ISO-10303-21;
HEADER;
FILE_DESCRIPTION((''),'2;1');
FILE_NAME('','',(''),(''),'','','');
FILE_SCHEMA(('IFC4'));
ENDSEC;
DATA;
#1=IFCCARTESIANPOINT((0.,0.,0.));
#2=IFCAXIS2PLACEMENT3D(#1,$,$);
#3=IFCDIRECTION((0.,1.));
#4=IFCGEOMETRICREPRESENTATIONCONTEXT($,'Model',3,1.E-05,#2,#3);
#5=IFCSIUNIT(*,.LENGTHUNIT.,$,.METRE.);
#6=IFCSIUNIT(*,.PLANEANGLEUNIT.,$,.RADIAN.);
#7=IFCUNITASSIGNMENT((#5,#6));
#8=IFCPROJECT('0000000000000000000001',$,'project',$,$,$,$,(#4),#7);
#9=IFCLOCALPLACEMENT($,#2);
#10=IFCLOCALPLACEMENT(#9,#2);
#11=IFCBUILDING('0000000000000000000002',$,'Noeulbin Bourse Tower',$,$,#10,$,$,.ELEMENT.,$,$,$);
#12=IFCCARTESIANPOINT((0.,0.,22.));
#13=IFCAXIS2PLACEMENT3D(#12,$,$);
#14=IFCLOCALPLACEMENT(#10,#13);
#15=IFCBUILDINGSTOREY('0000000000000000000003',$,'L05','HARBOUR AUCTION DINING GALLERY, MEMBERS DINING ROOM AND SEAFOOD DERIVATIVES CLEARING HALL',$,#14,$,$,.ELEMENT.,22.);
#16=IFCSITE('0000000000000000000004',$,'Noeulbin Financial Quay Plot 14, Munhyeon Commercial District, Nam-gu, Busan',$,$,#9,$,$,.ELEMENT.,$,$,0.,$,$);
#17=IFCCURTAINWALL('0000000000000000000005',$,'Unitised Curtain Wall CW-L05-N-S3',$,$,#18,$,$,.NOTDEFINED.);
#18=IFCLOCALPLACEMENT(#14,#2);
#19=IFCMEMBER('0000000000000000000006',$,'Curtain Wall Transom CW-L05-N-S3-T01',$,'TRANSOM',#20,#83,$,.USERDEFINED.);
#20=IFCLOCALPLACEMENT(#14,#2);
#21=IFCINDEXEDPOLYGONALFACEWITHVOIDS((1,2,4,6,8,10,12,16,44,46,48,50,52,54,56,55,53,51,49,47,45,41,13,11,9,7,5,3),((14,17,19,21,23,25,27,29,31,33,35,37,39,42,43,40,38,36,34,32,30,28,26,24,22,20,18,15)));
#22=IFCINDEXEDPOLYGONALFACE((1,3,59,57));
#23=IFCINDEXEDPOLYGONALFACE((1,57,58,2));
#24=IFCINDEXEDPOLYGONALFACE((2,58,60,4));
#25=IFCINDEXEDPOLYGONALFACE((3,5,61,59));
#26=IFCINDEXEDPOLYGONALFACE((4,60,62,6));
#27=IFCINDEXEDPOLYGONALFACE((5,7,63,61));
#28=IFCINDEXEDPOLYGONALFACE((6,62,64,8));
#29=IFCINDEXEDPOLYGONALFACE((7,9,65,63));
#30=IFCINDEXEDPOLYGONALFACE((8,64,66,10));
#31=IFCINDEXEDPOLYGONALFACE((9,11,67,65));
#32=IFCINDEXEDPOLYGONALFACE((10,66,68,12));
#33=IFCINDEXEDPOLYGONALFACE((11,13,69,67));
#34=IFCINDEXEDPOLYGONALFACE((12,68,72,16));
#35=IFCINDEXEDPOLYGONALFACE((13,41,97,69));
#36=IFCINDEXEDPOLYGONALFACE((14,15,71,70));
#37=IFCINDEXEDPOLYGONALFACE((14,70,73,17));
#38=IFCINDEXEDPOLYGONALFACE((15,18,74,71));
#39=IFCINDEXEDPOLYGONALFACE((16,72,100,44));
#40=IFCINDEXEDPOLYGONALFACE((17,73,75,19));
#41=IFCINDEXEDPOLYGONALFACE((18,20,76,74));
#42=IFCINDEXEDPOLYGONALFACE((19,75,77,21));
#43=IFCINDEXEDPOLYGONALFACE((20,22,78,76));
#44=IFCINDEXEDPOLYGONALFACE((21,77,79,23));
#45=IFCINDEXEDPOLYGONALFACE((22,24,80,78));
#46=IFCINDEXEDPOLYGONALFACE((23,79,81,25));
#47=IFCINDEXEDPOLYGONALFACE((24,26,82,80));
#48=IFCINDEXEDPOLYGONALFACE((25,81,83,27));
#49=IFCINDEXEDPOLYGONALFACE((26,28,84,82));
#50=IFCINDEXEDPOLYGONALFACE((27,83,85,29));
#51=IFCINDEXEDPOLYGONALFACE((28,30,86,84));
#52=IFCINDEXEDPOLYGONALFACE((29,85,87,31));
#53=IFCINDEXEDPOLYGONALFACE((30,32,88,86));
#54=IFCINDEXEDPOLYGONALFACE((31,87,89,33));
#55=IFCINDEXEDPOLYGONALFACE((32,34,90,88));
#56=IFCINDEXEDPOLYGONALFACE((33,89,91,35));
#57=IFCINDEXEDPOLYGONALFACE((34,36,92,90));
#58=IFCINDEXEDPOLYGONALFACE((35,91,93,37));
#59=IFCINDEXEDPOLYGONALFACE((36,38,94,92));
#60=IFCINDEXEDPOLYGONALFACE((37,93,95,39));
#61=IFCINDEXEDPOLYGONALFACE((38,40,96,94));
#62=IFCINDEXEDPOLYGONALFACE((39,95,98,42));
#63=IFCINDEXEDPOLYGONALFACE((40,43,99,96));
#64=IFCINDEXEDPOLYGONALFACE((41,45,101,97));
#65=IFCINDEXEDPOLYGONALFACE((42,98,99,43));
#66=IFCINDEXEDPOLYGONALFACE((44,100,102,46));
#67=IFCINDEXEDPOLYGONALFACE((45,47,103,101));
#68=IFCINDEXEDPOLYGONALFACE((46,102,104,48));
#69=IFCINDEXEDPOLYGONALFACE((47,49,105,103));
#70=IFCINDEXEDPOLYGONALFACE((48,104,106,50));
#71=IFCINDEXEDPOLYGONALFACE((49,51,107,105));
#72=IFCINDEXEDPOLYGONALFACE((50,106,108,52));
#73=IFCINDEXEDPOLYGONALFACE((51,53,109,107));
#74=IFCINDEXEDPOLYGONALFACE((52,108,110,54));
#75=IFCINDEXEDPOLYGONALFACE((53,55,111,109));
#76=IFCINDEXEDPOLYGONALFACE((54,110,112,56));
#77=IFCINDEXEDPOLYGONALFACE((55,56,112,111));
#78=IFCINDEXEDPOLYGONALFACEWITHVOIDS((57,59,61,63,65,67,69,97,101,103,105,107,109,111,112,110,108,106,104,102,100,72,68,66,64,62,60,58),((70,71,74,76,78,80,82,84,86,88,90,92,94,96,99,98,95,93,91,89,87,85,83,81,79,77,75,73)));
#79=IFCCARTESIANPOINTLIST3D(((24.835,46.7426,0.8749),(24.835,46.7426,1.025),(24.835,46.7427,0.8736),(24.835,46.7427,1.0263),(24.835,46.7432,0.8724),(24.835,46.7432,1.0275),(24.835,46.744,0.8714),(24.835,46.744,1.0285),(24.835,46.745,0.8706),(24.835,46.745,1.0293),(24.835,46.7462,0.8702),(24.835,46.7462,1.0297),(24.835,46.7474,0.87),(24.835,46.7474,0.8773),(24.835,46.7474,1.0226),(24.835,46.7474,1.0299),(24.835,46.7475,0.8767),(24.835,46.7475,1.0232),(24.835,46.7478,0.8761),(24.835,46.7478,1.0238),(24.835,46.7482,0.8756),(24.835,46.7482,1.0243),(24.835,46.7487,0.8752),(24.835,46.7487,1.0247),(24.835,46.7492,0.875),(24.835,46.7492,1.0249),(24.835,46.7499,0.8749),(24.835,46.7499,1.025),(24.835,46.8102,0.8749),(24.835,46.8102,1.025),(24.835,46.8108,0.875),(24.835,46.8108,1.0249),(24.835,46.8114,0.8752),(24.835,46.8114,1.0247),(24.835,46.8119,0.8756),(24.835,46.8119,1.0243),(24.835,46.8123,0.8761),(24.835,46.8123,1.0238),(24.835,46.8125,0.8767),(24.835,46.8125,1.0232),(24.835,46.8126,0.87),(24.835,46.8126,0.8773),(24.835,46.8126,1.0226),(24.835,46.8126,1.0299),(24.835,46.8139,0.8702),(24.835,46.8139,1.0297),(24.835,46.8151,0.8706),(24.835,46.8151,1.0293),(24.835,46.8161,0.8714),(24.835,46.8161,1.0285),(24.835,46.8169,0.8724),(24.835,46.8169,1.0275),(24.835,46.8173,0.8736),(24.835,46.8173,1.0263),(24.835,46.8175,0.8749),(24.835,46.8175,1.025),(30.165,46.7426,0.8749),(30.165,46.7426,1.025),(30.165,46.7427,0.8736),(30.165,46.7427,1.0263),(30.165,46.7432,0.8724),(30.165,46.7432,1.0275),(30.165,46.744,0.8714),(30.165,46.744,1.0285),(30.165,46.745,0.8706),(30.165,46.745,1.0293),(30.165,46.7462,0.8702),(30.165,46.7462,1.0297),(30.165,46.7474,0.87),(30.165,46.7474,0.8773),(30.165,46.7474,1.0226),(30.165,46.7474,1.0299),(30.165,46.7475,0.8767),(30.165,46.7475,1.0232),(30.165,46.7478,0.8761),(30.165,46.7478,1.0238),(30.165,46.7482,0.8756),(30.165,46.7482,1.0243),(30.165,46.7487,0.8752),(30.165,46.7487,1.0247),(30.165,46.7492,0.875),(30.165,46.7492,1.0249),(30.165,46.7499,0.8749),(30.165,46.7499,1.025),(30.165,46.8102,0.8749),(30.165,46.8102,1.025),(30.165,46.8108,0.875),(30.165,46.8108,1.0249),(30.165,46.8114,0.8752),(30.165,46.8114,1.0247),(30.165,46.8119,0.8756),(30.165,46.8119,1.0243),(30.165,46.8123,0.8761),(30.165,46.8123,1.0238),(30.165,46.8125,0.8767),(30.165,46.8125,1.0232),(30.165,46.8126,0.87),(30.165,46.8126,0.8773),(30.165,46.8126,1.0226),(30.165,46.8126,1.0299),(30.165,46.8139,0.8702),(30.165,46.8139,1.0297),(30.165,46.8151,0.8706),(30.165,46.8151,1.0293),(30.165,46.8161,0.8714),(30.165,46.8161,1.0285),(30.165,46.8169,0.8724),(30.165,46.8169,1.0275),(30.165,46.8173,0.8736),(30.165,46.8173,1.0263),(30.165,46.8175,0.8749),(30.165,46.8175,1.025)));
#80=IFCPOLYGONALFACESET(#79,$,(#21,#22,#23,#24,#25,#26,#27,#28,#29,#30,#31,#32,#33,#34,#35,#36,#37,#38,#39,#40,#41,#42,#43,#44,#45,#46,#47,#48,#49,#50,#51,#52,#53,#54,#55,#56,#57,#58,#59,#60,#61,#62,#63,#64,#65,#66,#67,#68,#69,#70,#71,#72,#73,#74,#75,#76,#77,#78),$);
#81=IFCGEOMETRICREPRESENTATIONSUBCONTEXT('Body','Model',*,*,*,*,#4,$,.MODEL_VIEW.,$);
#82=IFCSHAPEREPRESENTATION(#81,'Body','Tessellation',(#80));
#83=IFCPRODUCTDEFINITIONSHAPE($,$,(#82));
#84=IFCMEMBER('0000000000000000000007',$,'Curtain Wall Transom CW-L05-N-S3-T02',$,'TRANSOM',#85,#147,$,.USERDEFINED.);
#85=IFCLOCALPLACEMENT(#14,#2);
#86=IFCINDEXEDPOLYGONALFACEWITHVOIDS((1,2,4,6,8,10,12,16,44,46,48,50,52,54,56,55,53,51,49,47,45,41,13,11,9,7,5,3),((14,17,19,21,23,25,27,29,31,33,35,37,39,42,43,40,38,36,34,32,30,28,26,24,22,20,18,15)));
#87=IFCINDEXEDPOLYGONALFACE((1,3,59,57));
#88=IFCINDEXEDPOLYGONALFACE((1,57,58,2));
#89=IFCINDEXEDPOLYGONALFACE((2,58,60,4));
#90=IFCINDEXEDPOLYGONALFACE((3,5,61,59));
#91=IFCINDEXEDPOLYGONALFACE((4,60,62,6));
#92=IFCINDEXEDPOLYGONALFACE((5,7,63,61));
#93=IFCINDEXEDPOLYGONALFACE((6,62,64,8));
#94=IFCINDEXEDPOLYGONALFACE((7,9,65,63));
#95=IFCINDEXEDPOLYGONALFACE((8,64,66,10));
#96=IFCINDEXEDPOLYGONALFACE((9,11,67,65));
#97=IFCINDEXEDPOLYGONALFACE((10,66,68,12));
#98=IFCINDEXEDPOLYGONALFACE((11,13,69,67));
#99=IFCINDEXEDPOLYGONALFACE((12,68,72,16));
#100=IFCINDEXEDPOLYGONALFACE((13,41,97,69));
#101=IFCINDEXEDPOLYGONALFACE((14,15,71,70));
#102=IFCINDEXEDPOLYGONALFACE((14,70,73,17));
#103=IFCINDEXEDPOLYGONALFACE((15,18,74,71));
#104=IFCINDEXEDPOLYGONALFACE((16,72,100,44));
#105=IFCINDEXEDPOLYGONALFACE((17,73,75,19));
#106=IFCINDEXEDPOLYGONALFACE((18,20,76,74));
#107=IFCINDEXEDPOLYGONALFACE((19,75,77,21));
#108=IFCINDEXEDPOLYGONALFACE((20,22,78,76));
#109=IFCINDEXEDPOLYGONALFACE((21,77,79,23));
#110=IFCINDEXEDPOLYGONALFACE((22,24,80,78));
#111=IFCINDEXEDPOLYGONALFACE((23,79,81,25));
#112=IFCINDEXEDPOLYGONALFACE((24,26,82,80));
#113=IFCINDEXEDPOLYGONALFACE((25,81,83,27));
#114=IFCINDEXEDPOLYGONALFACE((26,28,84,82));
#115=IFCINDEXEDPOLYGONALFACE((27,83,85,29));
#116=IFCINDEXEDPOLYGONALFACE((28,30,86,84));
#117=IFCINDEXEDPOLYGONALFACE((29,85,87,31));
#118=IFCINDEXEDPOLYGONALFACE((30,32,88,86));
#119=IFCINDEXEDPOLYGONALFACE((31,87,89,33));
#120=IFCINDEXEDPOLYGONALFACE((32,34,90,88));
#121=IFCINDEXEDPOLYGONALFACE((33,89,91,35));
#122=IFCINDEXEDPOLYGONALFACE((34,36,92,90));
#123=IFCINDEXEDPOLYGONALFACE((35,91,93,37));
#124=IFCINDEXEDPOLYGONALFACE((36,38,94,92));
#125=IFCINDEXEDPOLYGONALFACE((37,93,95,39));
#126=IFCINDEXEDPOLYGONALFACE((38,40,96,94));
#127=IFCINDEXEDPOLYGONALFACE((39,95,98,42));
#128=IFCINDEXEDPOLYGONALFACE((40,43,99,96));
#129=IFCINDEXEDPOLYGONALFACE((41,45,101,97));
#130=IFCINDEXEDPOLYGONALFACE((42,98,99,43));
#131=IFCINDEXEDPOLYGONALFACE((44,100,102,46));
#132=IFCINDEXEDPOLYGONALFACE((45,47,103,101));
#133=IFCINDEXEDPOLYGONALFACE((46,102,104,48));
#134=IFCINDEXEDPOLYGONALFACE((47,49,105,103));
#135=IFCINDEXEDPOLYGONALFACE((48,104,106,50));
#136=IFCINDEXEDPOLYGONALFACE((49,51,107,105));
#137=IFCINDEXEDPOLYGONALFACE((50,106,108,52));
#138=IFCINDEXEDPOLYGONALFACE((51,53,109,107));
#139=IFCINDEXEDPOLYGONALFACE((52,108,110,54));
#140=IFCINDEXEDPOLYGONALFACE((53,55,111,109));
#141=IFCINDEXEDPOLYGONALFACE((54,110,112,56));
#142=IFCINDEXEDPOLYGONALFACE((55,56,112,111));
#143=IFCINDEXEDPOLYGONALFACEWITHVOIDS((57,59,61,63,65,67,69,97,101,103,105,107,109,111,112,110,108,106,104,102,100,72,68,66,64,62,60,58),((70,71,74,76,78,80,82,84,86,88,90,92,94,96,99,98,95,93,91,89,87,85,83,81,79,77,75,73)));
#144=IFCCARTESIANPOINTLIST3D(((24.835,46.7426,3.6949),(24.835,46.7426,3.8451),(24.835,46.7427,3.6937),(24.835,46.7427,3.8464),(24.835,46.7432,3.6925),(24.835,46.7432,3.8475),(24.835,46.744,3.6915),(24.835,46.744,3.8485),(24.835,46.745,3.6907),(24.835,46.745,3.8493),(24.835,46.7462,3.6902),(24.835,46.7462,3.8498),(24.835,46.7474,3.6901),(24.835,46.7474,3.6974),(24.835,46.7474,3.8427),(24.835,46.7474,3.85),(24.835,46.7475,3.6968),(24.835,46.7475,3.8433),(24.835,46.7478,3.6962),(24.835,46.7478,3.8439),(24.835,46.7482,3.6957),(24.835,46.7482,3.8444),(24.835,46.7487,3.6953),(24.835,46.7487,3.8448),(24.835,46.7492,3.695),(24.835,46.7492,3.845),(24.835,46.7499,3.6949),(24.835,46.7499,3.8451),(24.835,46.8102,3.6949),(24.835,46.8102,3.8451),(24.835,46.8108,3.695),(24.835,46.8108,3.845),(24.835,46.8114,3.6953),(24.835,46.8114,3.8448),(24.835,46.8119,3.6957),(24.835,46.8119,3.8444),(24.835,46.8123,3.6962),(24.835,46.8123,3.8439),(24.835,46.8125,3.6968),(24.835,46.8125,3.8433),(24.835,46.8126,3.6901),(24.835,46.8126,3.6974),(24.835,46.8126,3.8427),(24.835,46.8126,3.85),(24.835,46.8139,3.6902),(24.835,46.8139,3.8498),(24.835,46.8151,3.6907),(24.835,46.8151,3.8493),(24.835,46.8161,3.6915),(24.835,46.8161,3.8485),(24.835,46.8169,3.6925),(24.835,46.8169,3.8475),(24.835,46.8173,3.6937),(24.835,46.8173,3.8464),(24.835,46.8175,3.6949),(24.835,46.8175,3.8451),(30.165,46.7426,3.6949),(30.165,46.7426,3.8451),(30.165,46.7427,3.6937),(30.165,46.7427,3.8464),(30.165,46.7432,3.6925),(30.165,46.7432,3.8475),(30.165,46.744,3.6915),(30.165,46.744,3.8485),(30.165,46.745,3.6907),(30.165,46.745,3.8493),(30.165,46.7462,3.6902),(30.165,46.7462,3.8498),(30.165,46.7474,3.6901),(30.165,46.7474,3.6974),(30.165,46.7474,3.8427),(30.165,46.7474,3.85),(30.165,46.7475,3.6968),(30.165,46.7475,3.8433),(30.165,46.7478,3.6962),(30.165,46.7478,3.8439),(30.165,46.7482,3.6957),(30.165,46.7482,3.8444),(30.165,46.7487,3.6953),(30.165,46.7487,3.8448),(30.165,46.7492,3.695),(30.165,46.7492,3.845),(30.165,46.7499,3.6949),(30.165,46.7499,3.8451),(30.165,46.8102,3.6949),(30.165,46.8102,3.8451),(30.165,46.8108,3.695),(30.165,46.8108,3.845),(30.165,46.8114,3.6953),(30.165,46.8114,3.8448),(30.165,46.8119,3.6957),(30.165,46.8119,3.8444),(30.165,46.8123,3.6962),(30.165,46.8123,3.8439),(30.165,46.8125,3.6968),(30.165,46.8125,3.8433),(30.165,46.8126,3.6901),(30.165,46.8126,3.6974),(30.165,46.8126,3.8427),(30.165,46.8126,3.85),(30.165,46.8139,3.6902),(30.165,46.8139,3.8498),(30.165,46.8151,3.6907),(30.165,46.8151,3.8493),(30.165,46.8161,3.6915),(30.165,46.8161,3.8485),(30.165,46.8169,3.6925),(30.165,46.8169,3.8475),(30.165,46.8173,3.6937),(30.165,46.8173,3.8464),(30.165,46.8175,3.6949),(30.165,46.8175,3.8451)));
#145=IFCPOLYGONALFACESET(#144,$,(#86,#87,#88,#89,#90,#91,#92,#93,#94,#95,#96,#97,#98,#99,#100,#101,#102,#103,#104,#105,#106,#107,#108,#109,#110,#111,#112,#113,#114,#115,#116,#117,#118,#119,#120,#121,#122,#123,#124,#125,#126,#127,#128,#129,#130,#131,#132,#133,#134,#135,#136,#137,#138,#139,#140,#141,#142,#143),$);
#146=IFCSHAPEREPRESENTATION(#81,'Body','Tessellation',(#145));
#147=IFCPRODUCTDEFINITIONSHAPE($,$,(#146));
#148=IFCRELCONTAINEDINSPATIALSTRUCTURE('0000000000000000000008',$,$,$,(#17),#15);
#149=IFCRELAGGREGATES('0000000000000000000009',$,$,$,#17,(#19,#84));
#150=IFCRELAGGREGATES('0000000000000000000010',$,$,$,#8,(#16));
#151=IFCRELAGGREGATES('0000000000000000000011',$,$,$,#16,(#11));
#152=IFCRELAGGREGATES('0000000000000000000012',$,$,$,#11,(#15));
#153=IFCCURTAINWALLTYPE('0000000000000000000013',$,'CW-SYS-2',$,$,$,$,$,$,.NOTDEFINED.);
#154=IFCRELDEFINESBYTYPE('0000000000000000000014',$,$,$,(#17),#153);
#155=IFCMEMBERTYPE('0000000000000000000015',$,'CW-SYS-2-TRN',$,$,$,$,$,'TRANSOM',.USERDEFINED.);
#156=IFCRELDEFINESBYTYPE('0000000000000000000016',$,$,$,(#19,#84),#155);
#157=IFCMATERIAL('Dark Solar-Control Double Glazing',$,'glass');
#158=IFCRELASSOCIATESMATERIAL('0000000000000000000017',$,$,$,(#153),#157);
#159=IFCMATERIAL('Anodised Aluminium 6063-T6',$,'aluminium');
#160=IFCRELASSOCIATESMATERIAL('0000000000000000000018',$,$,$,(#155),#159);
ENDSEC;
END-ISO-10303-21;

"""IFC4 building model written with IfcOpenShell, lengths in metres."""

from ifc_helpers import new_model, si_unit, direction, frame, origin, origin_2d, place, context, subcontext, project, spatial, hollow_rectangle, extrude, material, material_profile, profile_set, type_object, element, aggregate, save


model = new_model("IFC4")

# Units and contexts
model_context = context("Model", 3, precision=1e-05, world=origin(), true_north=direction((0.0, 1.0)))
body_context = subcontext(model_context, "Body", "Model", "MODEL_VIEW")
ifc_project = project(units=[si_unit("LENGTHUNIT", "METRE"), si_unit("PLANEANGLEUNIT", "RADIAN")], contexts=[model_context])

# Site, building, storey
site_placement = place(None, origin())
site = spatial("IfcSite", under=ifc_project, at=site_placement, Name="Noeulbin Financial Quay Plot 14, Munhyeon Commercial District, Nam-gu, Busan", CompositionType="ELEMENT", RefElevation=0.0)
building_placement = place(site_placement, origin())
building = spatial("IfcBuilding", under=site, at=building_placement, Name="Noeulbin Bourse Tower", CompositionType="ELEMENT")
storey_placement = place(building_placement, frame((0.0, 0.0, 22.0)))
storey = spatial("IfcBuildingStorey", under=building, at=storey_placement, Name="L05", Description="HARBOUR AUCTION DINING GALLERY, MEMBERS DINING ROOM AND SEAFOOD DERIVATIVES CLEARING HALL", CompositionType="ELEMENT", Elevation=22.0)

# Curtain wall
ifc_material_1 = material(Name="Dark Solar-Control Double Glazing", Category="glass")
curtain_wall_type = type_object("IfcCurtainWallType", Name="CW-SYS-2", PredefinedType="NOTDEFINED", material=ifc_material_1)
ifc_material_2 = material(Name="Anodised Aluminium 6063-T6", Category="aluminium")
curtain_wall_1_placement = place(storey_placement, origin())
curtain_wall_1 = element("IfcCurtainWall", 1, at=curtain_wall_1_placement, inside=storey, type_object=curtain_wall_type, Name="Unitised Curtain Wall CW-L05-N-S3", PredefinedType="NOTDEFINED")

# Members
ifc_material_profile_1 = material_profile(ifc_material_2, hollow_rectangle(XDim=0.075, YDim=0.1599, WallThickness=0.0049, InnerFilletRadius=0.0024, OuterFilletRadius=0.0049, at=origin_2d()), Name="ALU-TRAN-75x160x5", Category="LoadBearing")
ifc_profile_set_1 = profile_set([ifc_material_profile_1], Name="Anodised Aluminium 6063-T6")
member_type_1 = type_object("IfcMemberType", Name="CW-SYS-2-TRN", ElementType="TRANSOM", PredefinedType="USERDEFINED", material=ifc_profile_set_1)
member_1_placement = place(storey_placement, frame((24.835, 46.78, 0.95), z_axis=(1.0, 0.0, 0.0), x_axis=(0.0, 1.0, 0.0)))
member_1 = element("IfcMember", 2, at=member_1_placement, type_object=member_type_1, Name="Curtain Wall Transom CW-L05-N-S3-T01", ObjectType="TRANSOM", PredefinedType="USERDEFINED", context=body_context, shape_type="SweptSolid", body=[
    extrude(hollow_rectangle(XDim=0.075, YDim=0.1599, WallThickness=0.0049, InnerFilletRadius=0.0024, OuterFilletRadius=0.0049, at=origin_2d()), origin(), (0.0, 0.0, 1.0), 5.3301),
])
member_2_placement = place(storey_placement, frame((24.835, 46.78, 3.77), z_axis=(1.0, 0.0, 0.0), x_axis=(0.0, 1.0, 0.0)))
member_2 = element("IfcMember", 3, at=member_2_placement, type_object=member_type_1, Name="Curtain Wall Transom CW-L05-N-S3-T02", ObjectType="TRANSOM", PredefinedType="USERDEFINED", context=body_context, shape_type="SweptSolid", body=[
    extrude(hollow_rectangle(XDim=0.075, YDim=0.1599, WallThickness=0.0049, InnerFilletRadius=0.0024, OuterFilletRadius=0.0049, at=origin_2d()), origin(), (0.0, 0.0, 1.0), 5.3301),
])

aggregate(curtain_wall_1, [member_1, member_2])

save(model, "model.ifc")
